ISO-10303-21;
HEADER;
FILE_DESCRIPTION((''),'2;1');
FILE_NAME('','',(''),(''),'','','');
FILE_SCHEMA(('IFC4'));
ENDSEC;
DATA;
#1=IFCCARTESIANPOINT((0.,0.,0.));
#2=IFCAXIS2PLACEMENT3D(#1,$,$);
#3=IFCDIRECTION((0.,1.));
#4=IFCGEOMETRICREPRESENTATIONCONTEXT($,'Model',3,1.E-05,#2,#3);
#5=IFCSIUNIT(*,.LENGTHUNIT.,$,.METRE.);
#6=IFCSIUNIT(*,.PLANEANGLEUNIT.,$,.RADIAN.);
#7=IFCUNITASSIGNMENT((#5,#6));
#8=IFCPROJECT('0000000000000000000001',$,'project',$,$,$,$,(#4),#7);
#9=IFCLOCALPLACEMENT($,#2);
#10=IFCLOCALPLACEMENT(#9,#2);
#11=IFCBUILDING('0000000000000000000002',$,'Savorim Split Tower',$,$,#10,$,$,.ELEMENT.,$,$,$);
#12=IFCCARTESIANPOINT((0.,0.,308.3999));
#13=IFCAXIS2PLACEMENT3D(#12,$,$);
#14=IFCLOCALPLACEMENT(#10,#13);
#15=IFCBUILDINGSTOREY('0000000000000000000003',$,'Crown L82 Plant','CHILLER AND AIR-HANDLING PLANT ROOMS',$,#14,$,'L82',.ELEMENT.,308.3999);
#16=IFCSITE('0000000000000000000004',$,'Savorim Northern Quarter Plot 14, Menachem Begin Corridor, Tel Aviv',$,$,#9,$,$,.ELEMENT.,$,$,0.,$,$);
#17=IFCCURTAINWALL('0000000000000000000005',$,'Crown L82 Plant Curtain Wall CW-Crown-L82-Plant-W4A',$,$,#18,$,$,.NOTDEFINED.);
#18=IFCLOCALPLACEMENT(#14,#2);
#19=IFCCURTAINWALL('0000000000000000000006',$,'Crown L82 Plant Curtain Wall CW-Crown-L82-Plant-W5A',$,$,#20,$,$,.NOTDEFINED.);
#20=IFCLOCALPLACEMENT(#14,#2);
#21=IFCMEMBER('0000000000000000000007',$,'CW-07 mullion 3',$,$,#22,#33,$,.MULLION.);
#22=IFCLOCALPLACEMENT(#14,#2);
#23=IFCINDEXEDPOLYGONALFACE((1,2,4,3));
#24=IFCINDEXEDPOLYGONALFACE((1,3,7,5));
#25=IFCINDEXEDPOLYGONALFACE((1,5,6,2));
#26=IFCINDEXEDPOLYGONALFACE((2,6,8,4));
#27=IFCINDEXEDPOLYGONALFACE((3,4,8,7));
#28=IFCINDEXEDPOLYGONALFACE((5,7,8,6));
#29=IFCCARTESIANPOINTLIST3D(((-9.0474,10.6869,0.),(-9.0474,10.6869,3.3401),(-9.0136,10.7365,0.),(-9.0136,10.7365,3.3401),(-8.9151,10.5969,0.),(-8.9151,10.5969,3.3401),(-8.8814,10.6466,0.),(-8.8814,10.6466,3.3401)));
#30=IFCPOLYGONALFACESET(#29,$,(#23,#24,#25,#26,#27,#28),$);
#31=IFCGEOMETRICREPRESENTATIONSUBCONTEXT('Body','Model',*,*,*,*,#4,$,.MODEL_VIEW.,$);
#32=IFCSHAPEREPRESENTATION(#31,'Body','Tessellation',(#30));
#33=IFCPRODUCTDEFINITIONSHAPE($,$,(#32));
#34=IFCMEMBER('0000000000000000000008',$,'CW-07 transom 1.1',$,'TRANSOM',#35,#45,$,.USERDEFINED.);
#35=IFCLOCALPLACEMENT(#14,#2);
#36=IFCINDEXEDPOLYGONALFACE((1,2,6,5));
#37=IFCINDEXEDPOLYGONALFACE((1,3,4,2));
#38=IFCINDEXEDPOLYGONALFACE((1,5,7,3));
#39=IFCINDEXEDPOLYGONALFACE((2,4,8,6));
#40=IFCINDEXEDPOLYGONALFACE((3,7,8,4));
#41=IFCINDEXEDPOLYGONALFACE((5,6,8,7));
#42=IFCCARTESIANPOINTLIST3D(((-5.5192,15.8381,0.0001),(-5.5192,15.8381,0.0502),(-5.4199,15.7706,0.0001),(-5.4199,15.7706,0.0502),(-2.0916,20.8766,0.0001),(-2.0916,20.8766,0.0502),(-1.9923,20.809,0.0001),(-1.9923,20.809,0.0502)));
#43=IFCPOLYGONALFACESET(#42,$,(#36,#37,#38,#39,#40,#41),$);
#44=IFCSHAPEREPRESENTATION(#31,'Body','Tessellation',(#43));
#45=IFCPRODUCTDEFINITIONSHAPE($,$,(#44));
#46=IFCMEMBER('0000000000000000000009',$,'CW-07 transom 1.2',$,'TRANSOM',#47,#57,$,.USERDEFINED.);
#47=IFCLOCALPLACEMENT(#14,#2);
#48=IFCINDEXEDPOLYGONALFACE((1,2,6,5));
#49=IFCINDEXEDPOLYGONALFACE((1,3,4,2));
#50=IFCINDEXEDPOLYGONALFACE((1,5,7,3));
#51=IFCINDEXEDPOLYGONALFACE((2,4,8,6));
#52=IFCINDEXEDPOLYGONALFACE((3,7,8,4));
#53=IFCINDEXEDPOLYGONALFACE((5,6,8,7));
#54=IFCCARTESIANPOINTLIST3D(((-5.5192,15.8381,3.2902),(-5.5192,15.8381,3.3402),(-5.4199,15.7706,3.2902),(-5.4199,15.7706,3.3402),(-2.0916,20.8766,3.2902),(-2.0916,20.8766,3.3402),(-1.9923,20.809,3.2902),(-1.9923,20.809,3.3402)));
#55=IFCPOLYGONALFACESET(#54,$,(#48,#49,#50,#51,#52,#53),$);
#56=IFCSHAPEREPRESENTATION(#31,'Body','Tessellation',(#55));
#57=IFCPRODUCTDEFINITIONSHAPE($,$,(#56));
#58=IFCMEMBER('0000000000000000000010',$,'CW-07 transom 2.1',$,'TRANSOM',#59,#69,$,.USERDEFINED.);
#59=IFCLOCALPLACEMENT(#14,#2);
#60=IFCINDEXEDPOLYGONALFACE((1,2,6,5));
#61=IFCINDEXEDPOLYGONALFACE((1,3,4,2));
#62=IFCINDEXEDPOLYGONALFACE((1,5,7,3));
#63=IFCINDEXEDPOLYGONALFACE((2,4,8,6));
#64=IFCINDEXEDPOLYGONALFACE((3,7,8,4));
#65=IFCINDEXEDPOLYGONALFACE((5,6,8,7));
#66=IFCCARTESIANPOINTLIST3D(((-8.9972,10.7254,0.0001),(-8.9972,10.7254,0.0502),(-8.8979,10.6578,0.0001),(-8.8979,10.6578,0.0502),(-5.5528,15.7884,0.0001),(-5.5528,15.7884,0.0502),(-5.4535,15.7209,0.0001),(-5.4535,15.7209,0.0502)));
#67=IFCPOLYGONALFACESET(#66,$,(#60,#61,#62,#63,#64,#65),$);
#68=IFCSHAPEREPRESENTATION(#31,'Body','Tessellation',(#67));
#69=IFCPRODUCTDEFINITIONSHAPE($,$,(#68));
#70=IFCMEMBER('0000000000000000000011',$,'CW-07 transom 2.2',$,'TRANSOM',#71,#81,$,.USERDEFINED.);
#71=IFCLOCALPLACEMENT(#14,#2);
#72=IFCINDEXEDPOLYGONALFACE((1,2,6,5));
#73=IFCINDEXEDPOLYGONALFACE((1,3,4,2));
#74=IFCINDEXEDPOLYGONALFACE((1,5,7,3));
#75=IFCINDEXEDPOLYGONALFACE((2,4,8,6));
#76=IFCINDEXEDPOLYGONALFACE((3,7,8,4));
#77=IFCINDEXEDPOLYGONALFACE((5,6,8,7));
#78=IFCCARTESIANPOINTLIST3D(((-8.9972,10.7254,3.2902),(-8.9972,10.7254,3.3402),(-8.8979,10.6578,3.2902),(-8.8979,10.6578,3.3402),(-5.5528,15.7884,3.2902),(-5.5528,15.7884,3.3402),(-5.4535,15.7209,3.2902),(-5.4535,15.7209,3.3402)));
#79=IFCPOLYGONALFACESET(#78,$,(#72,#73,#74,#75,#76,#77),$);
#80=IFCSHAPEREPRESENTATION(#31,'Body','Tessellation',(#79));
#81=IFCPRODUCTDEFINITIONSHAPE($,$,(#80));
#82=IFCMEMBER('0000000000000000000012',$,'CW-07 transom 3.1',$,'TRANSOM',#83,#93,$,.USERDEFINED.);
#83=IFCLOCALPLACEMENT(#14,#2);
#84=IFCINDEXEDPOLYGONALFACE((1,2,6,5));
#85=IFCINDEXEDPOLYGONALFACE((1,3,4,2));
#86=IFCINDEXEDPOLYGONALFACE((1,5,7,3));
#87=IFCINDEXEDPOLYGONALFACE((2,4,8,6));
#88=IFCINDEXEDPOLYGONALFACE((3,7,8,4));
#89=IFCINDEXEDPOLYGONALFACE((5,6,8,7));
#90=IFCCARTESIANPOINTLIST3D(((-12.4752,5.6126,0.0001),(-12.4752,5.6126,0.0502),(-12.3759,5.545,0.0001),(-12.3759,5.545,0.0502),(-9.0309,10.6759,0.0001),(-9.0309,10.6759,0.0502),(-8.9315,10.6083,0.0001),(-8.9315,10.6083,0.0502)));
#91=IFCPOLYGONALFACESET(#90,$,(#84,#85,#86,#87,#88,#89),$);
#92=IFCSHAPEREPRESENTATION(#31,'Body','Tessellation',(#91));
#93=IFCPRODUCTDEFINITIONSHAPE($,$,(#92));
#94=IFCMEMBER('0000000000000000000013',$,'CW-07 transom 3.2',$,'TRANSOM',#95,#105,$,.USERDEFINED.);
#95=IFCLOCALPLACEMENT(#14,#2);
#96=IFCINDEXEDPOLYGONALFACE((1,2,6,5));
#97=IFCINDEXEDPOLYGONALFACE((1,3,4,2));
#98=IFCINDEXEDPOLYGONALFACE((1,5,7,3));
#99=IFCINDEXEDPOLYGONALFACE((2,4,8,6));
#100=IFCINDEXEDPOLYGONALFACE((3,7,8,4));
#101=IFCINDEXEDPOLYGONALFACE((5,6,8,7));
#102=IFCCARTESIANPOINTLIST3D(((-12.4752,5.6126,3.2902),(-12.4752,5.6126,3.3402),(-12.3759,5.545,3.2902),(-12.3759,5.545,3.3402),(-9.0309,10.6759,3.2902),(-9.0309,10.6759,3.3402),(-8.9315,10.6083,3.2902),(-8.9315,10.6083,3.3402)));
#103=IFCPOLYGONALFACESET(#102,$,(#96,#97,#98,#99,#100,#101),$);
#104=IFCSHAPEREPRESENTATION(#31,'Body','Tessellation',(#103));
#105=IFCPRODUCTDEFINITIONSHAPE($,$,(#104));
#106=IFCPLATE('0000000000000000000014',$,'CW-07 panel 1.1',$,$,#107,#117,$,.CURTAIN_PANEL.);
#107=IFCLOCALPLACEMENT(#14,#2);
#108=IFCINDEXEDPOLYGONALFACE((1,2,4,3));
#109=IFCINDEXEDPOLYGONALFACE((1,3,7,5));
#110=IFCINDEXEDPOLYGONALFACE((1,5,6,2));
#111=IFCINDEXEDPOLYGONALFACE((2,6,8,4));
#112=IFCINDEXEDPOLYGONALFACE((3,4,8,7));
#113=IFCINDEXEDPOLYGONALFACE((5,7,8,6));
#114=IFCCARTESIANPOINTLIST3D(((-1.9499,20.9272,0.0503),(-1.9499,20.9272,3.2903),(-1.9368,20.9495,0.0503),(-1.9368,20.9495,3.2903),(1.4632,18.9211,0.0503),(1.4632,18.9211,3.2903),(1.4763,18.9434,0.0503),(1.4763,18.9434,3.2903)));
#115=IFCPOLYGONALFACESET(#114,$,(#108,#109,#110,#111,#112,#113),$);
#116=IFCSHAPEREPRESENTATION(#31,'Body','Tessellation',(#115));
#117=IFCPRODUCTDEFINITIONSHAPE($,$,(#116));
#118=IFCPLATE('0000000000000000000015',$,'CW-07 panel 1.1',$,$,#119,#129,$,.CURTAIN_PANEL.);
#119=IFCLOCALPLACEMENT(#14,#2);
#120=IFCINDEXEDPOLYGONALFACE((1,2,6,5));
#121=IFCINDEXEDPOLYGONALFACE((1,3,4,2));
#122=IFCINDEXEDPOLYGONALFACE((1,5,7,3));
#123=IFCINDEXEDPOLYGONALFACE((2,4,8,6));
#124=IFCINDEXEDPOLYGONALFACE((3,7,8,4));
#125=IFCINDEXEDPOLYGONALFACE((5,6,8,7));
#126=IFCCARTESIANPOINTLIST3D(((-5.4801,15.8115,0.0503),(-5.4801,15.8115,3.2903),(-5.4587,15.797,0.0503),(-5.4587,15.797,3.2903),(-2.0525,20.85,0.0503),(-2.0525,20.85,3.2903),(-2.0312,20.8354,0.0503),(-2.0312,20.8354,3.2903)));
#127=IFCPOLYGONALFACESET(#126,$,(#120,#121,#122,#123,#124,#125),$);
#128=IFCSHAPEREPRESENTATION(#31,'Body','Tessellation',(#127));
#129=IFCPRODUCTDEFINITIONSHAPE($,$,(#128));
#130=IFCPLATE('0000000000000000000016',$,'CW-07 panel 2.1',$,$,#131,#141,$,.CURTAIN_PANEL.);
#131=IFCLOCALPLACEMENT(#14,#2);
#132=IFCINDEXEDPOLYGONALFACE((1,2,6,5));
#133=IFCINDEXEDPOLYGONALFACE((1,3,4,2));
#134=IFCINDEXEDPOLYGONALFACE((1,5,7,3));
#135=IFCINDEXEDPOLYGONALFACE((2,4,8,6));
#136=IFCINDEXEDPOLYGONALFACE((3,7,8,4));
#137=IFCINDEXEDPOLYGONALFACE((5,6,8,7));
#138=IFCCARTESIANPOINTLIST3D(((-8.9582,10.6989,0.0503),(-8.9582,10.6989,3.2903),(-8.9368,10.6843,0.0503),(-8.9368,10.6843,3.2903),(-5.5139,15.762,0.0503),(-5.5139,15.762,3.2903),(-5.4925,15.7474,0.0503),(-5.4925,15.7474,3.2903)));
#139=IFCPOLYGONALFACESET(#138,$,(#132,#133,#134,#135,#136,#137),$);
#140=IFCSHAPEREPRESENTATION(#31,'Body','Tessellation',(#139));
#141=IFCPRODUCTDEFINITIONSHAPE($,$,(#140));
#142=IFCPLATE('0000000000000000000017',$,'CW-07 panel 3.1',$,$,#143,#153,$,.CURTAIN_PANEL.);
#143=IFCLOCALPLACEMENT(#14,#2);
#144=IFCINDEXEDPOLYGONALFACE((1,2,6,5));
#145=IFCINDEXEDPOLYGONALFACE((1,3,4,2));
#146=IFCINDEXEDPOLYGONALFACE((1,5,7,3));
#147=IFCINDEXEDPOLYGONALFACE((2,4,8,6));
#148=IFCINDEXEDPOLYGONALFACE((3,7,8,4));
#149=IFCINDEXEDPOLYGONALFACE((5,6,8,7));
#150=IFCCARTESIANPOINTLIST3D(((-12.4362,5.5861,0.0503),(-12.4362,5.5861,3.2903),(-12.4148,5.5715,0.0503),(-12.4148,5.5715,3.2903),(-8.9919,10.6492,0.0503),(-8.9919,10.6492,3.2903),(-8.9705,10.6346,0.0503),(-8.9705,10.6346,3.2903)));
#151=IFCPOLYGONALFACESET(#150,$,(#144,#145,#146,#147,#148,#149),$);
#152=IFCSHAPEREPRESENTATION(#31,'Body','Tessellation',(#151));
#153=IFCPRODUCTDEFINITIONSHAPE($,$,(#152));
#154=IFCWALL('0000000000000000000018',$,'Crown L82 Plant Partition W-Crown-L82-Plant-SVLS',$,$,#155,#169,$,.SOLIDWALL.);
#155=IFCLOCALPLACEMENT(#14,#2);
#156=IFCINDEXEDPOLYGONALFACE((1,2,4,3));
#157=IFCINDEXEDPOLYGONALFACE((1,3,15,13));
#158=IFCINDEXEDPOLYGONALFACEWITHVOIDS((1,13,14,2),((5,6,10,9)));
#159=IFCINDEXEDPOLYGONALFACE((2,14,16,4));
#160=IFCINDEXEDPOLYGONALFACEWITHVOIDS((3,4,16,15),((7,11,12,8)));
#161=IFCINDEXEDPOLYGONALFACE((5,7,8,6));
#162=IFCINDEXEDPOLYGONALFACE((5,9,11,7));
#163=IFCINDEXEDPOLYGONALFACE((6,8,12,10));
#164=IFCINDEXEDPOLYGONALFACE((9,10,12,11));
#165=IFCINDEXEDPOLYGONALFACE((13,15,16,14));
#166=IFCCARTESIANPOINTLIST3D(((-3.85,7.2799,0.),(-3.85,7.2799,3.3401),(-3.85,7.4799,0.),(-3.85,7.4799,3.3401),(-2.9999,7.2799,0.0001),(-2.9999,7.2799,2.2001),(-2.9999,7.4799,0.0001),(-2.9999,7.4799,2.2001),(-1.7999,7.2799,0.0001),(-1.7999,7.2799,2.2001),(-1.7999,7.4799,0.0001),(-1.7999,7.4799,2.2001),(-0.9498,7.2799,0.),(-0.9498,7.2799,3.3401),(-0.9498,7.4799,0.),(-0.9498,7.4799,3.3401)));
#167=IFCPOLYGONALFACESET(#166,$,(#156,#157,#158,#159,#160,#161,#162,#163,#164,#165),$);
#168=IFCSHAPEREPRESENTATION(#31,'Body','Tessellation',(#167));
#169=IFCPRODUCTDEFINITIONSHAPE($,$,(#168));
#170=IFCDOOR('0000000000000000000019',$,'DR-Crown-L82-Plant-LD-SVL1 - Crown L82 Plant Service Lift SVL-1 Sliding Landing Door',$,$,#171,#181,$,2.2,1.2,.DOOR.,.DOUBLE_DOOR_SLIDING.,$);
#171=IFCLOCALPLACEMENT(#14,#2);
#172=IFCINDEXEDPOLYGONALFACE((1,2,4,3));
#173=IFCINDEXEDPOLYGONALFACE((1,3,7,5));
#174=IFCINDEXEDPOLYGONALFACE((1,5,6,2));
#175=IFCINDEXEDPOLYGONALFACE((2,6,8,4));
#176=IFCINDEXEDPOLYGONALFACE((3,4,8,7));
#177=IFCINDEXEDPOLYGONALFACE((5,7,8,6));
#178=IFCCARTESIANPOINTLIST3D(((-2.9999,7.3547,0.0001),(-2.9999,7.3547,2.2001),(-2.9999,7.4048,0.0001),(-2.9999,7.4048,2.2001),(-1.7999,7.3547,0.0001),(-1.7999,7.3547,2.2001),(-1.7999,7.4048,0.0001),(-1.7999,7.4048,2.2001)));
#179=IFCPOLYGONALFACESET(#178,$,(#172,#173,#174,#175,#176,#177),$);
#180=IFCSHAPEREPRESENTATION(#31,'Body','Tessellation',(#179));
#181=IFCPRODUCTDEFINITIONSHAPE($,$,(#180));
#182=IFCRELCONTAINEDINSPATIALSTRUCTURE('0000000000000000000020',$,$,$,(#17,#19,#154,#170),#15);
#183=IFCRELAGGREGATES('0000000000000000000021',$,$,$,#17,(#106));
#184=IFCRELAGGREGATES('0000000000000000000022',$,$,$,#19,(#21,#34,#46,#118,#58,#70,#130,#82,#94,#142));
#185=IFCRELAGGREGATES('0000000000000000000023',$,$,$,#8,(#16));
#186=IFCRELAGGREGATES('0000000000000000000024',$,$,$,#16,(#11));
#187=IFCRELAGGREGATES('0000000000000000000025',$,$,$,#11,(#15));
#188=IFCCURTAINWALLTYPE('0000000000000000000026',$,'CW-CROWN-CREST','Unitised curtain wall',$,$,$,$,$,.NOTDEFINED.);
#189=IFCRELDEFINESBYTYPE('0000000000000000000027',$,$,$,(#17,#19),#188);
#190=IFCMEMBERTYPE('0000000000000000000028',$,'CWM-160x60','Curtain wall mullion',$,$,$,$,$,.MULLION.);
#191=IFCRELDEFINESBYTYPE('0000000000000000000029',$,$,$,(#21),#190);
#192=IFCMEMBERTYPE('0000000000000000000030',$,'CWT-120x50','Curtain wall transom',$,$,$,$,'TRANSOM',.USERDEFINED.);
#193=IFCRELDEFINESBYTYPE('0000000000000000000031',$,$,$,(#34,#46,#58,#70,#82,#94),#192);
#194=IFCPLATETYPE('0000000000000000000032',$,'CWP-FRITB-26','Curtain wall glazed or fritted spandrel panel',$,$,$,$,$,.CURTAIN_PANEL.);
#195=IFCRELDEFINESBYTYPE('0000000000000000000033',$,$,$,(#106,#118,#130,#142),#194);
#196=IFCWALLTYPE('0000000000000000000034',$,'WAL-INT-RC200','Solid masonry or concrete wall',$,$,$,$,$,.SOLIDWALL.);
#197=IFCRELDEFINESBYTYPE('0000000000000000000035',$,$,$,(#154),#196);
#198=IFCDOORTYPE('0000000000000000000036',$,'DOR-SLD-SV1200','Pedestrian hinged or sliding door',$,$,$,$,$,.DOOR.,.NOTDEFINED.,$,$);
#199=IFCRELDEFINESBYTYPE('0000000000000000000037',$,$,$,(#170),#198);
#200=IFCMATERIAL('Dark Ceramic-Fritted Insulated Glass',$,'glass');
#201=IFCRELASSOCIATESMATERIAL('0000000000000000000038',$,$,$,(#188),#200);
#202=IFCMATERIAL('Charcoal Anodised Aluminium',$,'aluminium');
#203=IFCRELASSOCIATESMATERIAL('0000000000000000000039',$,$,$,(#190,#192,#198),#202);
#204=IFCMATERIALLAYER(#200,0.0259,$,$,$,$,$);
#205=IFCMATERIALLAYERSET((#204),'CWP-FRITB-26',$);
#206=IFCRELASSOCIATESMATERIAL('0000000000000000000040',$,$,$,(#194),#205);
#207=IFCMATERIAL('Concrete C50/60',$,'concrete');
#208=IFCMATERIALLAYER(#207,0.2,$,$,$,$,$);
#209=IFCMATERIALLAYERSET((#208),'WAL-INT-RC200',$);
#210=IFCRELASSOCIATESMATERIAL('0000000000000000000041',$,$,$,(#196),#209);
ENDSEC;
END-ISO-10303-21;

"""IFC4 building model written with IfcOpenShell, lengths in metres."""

from ifc_helpers import new_model, si_unit, direction, frame, frame_2d, origin, origin_2d, place, context, subcontext, project, spatial, rectangle, extrude, material, layer, layer_set, material_profile, profile_set, type_object, element, fill, aggregate, save


model = new_model("IFC4")

# Units and contexts
model_context = context("Model", 3, precision=1e-05, world=origin(), true_north=direction((0.0, 1.0)))
body_context = subcontext(model_context, "Body", "Model", "MODEL_VIEW")
ifc_project = project(units=[si_unit("LENGTHUNIT", "METRE"), si_unit("PLANEANGLEUNIT", "RADIAN")], contexts=[model_context])

# Site, building, storey
site_placement = place(None, origin())
site = spatial("IfcSite", under=ifc_project, at=site_placement, Name="Savorim Northern Quarter Plot 14, Menachem Begin Corridor, Tel Aviv", CompositionType="ELEMENT", RefElevation=0.0)
building_placement = place(site_placement, origin())
building = spatial("IfcBuilding", under=site, at=building_placement, Name="Savorim Split Tower", CompositionType="ELEMENT")
storey_placement = place(building_placement, frame((0.0, 0.0, 308.3999)))
storey = spatial("IfcBuildingStorey", under=building, at=storey_placement, Name="Crown L82 Plant", Description="CHILLER AND AIR-HANDLING PLANT ROOMS", LongName="L82", CompositionType="ELEMENT", Elevation=308.3999)

# Curtain wall
ifc_material_1 = material(Name="Dark Ceramic-Fritted Insulated Glass", Category="glass")
curtain_wall_type = type_object("IfcCurtainWallType", Name="CW-CROWN-CREST", Description="Unitised curtain wall", PredefinedType="NOTDEFINED", material=ifc_material_1)
curtain_wall_1_placement = place(storey_placement, origin())
curtain_wall_1 = element("IfcCurtainWall", 1, at=curtain_wall_1_placement, inside=storey, type_object=curtain_wall_type, Name="Crown L82 Plant Curtain Wall CW-Crown-L82-Plant-W4A", PredefinedType="NOTDEFINED")
ifc_material_2 = material(Name="Charcoal Anodised Aluminium", Category="aluminium")
ifc_material_profile_1 = material_profile(ifc_material_2, rectangle(XDim=0.1599, YDim=0.0601, at=origin_2d()), Name="ALU-M 160x60")
ifc_profile_set_1 = profile_set([ifc_material_profile_1], Name="Charcoal Anodised Aluminium")
member_type_1 = type_object("IfcMemberType", Name="CWM-160x60", Description="Curtain wall mullion", PredefinedType="MULLION", material=ifc_profile_set_1)

# Curtain wall, members
curtain_wall_2_placement = place(storey_placement, origin())
curtain_wall_2 = element("IfcCurtainWall", 2, at=curtain_wall_2_placement, inside=storey, type_object=curtain_wall_type, Name="Crown L82 Plant Curtain Wall CW-Crown-L82-Plant-W5A", PredefinedType="NOTDEFINED")
member_1_placement = place(storey_placement, frame((-8.9644, 10.6667, 0.0), z_axis=(0.0, 0.0, 1.0), x_axis=(0.82682, -0.562466, 0.0)))
member_1 = element("IfcMember", 3, at=member_1_placement, type_object=member_type_1, Name="CW-07 mullion 3", PredefinedType="MULLION", context=body_context, shape_type="SweptSolid", body=[
    extrude(rectangle(XDim=0.1599, YDim=0.0601, at=origin_2d()), origin(), (0.0, 0.0, 1.0), 3.3401),
])
ifc_material_profile_2 = material_profile(ifc_material_2, rectangle(XDim=0.1201, YDim=0.05, at=origin_2d()), Name="ALU-T 120x50")
ifc_profile_set_2 = profile_set([ifc_material_profile_2], Name="Charcoal Anodised Aluminium")
member_type_2 = type_object("IfcMemberType", Name="CWT-120x50", Description="Curtain wall transom", ElementType="TRANSOM", PredefinedType="USERDEFINED", material=ifc_profile_set_2)
member_2_placement = place(storey_placement, frame((-2.042, 20.8428, 0.0251), z_axis=(-0.56247, -0.826818, 0.0), x_axis=(0.826818, -0.56247, 0.0)))
member_2 = element("IfcMember", 4, at=member_2_placement, type_object=member_type_2, Name="CW-07 transom 1.1", ObjectType="TRANSOM", PredefinedType="USERDEFINED", context=body_context, shape_type="SweptSolid", body=[
    extrude(rectangle(XDim=0.1201, YDim=0.05, at=origin_2d()), origin(), (0.0, 0.0, 1.0), 6.0938),
])
member_3_placement = place(storey_placement, frame((-2.042, 20.8428, 3.3152), z_axis=(-0.56247, -0.826818, 0.0), x_axis=(0.826818, -0.56247, 0.0)))
member_3 = element("IfcMember", 5, at=member_3_placement, type_object=member_type_2, Name="CW-07 transom 1.2", ObjectType="TRANSOM", PredefinedType="USERDEFINED", context=body_context, shape_type="SweptSolid", body=[
    extrude(rectangle(XDim=0.1201, YDim=0.05, at=origin_2d()), origin(), (0.0, 0.0, 1.0), 6.0938),
])
member_4_placement = place(storey_placement, frame((-5.5032, 15.7546, 0.0251), z_axis=(-0.562478, -0.826812, 0.0), x_axis=(0.826812, -0.562478, 0.0)))
member_4 = element("IfcMember", 6, at=member_4_placement, type_object=member_type_2, Name="CW-07 transom 2.1", ObjectType="TRANSOM", PredefinedType="USERDEFINED", context=body_context, shape_type="SweptSolid", body=[
    extrude(rectangle(XDim=0.1201, YDim=0.05, at=origin_2d()), origin(), (0.0, 0.0, 1.0), 6.1235),
])
member_5_placement = place(storey_placement, frame((-5.5032, 15.7546, 3.3152), z_axis=(-0.562478, -0.826812, 0.0), x_axis=(0.826812, -0.562478, 0.0)))
member_5 = element("IfcMember", 7, at=member_5_placement, type_object=member_type_2, Name="CW-07 transom 2.2", ObjectType="TRANSOM", PredefinedType="USERDEFINED", context=body_context, shape_type="SweptSolid", body=[
    extrude(rectangle(XDim=0.1201, YDim=0.05, at=origin_2d()), origin(), (0.0, 0.0, 1.0), 6.1235),
])
member_6_placement = place(storey_placement, frame((-8.9812, 10.6421, 0.0251), z_axis=(-0.562459, -0.826825, 0.0), x_axis=(0.826825, -0.562459, 0.0)))
member_6 = element("IfcMember", 8, at=member_6_placement, type_object=member_type_2, Name="CW-07 transom 3.1", ObjectType="TRANSOM", PredefinedType="USERDEFINED", context=body_context, shape_type="SweptSolid", body=[
    extrude(rectangle(XDim=0.1201, YDim=0.05, at=origin_2d()), origin(), (0.0, 0.0, 1.0), 6.1238),
])
member_7_placement = place(storey_placement, frame((-8.9812, 10.6421, 3.3152), z_axis=(-0.562459, -0.826825, 0.0), x_axis=(0.826825, -0.562459, 0.0)))
member_7 = element("IfcMember", 9, at=member_7_placement, type_object=member_type_2, Name="CW-07 transom 3.2", ObjectType="TRANSOM", PredefinedType="USERDEFINED", context=body_context, shape_type="SweptSolid", body=[
    extrude(rectangle(XDim=0.1201, YDim=0.05, at=origin_2d()), origin(), (0.0, 0.0, 1.0), 6.1238),
])

# Plates
ifc_layer_1 = layer(ifc_material_1, 0.0259)
ifc_layer_set_1 = layer_set([ifc_layer_1], Name="CWP-FRITB-26")
plate_type = type_object("IfcPlateType", Name="CWP-FRITB-26", Description="Curtain wall glazed or fritted spandrel panel", PredefinedType="CURTAIN_PANEL", material=ifc_layer_set_1)
plate_1_placement = place(storey_placement, frame((-0.2368, 19.9353, 0.0503), z_axis=(0.0, 0.0, 1.0), x_axis=(-0.862119, 0.506705, 0.0)))
plate_1 = element("IfcPlate", 10, at=plate_1_placement, type_object=plate_type, Name="CW-07 panel 1.1", PredefinedType="CURTAIN_PANEL", context=body_context, shape_type="SweptSolid", body=[
    extrude(rectangle(XDim=3.959, YDim=0.0259, at=origin_2d()), origin(), (0.0, 0.0, 1.0), 3.24),
])
aggregate(curtain_wall_1, [plate_1])
plate_2_placement = place(storey_placement, frame((-3.7556, 18.3235, 0.0503), z_axis=(0.0, 0.0, 1.0), x_axis=(-0.562466, -0.82682, 0.0)))
plate_2 = element("IfcPlate", 11, at=plate_2_placement, type_object=plate_type, Name="CW-07 panel 1.1", PredefinedType="CURTAIN_PANEL", context=body_context, shape_type="SweptSolid", body=[
    extrude(rectangle(XDim=6.0938, YDim=0.0259, at=origin_2d()), origin(), (0.0, 0.0, 1.0), 3.24),
])
plate_3_placement = place(storey_placement, frame((-7.2253, 13.2231, 0.0503), z_axis=(0.0, 0.0, 1.0), x_axis=(-0.562466, -0.82682, 0.0)))
plate_3 = element("IfcPlate", 12, at=plate_3_placement, type_object=plate_type, Name="CW-07 panel 2.1", PredefinedType="CURTAIN_PANEL", context=body_context, shape_type="SweptSolid", body=[
    extrude(rectangle(XDim=6.1235, YDim=0.0259, at=origin_2d()), origin(), (0.0, 0.0, 1.0), 3.24),
])
plate_4_placement = place(storey_placement, frame((-10.7034, 8.1104, 0.0503), z_axis=(0.0, 0.0, 1.0), x_axis=(-0.562466, -0.82682, 0.0)))
plate_4 = element("IfcPlate", 13, at=plate_4_placement, type_object=plate_type, Name="CW-07 panel 3.1", PredefinedType="CURTAIN_PANEL", context=body_context, shape_type="SweptSolid", body=[
    extrude(rectangle(XDim=6.1235, YDim=0.0259, at=origin_2d()), origin(), (0.0, 0.0, 1.0), 3.24),
])
aggregate(curtain_wall_2, [member_1, member_2, member_3, plate_2, member_4, member_5, plate_3, member_6, member_7, plate_4])

# Wall, opening, door
ifc_material_3 = material(Name="Concrete C50/60", Category="concrete")
ifc_layer_2 = layer(ifc_material_3, 0.2)
ifc_layer_set_2 = layer_set([ifc_layer_2], Name="WAL-INT-RC200")
wall_type_1 = type_object("IfcWallType", Name="WAL-INT-RC200", Description="Solid masonry or concrete wall", PredefinedType="SOLIDWALL", material=ifc_layer_set_2)
wall_1_placement = place(storey_placement, frame((-3.8501, 7.3799, 0.0), z_axis=(0.0, 0.0, 1.0), x_axis=(1.0, 0.0, 0.0)))
wall_1 = element("IfcWall", 14, at=wall_1_placement, inside=storey, type_object=wall_type_1, Name="Crown L82 Plant Partition W-Crown-L82-Plant-SVLS", PredefinedType="SOLIDWALL", context=body_context, shape_type="SweptSolid", body=[
    extrude(rectangle(XDim=2.9001, YDim=0.2, at=frame_2d((1.4502, 0.0))), origin(), (0.0, 0.0, 1.0), 3.3401),
])
opening_1_placement = place(wall_1_placement, frame((0.8501, 0.0, 0.0)))
opening_1 = element("IfcOpeningElement", 15, at=opening_1_placement, cuts=wall_1, PredefinedType="OPENING", context=body_context, shape_type="SweptSolid", body=[
    extrude(rectangle(XDim=1.2, YDim=2.2, at=frame_2d((0.6001, 1.1001))), frame((0.0, 0.1099, 0.0), z_axis=(0.0, -1.0, 0.0), x_axis=(1.0, 0.0, 0.0)), (0.0, 0.0, 1.0), 0.22),
])
door_type_1 = type_object("IfcDoorType", Name="DOR-SLD-SV1200", Description="Pedestrian hinged or sliding door", OperationType="NOTDEFINED", PredefinedType="DOOR", material=ifc_material_2)
door_1_placement = place(opening_1_placement, origin())
door_1 = element("IfcDoor", 16, at=door_1_placement, inside=storey, type_object=door_type_1, Name="DR-Crown-L82-Plant-LD-SVL1 - Crown L82 Plant Service Lift SVL-1 Sliding Landing Door", OperationType="DOUBLE_DOOR_SLIDING", OverallHeight=2.2, OverallWidth=1.2, PredefinedType="DOOR", context=body_context, shape_type="SweptSolid", body=[
    extrude(rectangle(XDim=1.2, YDim=2.2, at=frame_2d((0.6001, 1.1001))), frame((0.0, 0.0249, 0.0), z_axis=(0.0, -1.0, 0.0), x_axis=(1.0, 0.0, 0.0)), (0.0, 0.0, 1.0), 0.05),
])
fill(opening_1, door_1)

save(model, "model.ifc")
